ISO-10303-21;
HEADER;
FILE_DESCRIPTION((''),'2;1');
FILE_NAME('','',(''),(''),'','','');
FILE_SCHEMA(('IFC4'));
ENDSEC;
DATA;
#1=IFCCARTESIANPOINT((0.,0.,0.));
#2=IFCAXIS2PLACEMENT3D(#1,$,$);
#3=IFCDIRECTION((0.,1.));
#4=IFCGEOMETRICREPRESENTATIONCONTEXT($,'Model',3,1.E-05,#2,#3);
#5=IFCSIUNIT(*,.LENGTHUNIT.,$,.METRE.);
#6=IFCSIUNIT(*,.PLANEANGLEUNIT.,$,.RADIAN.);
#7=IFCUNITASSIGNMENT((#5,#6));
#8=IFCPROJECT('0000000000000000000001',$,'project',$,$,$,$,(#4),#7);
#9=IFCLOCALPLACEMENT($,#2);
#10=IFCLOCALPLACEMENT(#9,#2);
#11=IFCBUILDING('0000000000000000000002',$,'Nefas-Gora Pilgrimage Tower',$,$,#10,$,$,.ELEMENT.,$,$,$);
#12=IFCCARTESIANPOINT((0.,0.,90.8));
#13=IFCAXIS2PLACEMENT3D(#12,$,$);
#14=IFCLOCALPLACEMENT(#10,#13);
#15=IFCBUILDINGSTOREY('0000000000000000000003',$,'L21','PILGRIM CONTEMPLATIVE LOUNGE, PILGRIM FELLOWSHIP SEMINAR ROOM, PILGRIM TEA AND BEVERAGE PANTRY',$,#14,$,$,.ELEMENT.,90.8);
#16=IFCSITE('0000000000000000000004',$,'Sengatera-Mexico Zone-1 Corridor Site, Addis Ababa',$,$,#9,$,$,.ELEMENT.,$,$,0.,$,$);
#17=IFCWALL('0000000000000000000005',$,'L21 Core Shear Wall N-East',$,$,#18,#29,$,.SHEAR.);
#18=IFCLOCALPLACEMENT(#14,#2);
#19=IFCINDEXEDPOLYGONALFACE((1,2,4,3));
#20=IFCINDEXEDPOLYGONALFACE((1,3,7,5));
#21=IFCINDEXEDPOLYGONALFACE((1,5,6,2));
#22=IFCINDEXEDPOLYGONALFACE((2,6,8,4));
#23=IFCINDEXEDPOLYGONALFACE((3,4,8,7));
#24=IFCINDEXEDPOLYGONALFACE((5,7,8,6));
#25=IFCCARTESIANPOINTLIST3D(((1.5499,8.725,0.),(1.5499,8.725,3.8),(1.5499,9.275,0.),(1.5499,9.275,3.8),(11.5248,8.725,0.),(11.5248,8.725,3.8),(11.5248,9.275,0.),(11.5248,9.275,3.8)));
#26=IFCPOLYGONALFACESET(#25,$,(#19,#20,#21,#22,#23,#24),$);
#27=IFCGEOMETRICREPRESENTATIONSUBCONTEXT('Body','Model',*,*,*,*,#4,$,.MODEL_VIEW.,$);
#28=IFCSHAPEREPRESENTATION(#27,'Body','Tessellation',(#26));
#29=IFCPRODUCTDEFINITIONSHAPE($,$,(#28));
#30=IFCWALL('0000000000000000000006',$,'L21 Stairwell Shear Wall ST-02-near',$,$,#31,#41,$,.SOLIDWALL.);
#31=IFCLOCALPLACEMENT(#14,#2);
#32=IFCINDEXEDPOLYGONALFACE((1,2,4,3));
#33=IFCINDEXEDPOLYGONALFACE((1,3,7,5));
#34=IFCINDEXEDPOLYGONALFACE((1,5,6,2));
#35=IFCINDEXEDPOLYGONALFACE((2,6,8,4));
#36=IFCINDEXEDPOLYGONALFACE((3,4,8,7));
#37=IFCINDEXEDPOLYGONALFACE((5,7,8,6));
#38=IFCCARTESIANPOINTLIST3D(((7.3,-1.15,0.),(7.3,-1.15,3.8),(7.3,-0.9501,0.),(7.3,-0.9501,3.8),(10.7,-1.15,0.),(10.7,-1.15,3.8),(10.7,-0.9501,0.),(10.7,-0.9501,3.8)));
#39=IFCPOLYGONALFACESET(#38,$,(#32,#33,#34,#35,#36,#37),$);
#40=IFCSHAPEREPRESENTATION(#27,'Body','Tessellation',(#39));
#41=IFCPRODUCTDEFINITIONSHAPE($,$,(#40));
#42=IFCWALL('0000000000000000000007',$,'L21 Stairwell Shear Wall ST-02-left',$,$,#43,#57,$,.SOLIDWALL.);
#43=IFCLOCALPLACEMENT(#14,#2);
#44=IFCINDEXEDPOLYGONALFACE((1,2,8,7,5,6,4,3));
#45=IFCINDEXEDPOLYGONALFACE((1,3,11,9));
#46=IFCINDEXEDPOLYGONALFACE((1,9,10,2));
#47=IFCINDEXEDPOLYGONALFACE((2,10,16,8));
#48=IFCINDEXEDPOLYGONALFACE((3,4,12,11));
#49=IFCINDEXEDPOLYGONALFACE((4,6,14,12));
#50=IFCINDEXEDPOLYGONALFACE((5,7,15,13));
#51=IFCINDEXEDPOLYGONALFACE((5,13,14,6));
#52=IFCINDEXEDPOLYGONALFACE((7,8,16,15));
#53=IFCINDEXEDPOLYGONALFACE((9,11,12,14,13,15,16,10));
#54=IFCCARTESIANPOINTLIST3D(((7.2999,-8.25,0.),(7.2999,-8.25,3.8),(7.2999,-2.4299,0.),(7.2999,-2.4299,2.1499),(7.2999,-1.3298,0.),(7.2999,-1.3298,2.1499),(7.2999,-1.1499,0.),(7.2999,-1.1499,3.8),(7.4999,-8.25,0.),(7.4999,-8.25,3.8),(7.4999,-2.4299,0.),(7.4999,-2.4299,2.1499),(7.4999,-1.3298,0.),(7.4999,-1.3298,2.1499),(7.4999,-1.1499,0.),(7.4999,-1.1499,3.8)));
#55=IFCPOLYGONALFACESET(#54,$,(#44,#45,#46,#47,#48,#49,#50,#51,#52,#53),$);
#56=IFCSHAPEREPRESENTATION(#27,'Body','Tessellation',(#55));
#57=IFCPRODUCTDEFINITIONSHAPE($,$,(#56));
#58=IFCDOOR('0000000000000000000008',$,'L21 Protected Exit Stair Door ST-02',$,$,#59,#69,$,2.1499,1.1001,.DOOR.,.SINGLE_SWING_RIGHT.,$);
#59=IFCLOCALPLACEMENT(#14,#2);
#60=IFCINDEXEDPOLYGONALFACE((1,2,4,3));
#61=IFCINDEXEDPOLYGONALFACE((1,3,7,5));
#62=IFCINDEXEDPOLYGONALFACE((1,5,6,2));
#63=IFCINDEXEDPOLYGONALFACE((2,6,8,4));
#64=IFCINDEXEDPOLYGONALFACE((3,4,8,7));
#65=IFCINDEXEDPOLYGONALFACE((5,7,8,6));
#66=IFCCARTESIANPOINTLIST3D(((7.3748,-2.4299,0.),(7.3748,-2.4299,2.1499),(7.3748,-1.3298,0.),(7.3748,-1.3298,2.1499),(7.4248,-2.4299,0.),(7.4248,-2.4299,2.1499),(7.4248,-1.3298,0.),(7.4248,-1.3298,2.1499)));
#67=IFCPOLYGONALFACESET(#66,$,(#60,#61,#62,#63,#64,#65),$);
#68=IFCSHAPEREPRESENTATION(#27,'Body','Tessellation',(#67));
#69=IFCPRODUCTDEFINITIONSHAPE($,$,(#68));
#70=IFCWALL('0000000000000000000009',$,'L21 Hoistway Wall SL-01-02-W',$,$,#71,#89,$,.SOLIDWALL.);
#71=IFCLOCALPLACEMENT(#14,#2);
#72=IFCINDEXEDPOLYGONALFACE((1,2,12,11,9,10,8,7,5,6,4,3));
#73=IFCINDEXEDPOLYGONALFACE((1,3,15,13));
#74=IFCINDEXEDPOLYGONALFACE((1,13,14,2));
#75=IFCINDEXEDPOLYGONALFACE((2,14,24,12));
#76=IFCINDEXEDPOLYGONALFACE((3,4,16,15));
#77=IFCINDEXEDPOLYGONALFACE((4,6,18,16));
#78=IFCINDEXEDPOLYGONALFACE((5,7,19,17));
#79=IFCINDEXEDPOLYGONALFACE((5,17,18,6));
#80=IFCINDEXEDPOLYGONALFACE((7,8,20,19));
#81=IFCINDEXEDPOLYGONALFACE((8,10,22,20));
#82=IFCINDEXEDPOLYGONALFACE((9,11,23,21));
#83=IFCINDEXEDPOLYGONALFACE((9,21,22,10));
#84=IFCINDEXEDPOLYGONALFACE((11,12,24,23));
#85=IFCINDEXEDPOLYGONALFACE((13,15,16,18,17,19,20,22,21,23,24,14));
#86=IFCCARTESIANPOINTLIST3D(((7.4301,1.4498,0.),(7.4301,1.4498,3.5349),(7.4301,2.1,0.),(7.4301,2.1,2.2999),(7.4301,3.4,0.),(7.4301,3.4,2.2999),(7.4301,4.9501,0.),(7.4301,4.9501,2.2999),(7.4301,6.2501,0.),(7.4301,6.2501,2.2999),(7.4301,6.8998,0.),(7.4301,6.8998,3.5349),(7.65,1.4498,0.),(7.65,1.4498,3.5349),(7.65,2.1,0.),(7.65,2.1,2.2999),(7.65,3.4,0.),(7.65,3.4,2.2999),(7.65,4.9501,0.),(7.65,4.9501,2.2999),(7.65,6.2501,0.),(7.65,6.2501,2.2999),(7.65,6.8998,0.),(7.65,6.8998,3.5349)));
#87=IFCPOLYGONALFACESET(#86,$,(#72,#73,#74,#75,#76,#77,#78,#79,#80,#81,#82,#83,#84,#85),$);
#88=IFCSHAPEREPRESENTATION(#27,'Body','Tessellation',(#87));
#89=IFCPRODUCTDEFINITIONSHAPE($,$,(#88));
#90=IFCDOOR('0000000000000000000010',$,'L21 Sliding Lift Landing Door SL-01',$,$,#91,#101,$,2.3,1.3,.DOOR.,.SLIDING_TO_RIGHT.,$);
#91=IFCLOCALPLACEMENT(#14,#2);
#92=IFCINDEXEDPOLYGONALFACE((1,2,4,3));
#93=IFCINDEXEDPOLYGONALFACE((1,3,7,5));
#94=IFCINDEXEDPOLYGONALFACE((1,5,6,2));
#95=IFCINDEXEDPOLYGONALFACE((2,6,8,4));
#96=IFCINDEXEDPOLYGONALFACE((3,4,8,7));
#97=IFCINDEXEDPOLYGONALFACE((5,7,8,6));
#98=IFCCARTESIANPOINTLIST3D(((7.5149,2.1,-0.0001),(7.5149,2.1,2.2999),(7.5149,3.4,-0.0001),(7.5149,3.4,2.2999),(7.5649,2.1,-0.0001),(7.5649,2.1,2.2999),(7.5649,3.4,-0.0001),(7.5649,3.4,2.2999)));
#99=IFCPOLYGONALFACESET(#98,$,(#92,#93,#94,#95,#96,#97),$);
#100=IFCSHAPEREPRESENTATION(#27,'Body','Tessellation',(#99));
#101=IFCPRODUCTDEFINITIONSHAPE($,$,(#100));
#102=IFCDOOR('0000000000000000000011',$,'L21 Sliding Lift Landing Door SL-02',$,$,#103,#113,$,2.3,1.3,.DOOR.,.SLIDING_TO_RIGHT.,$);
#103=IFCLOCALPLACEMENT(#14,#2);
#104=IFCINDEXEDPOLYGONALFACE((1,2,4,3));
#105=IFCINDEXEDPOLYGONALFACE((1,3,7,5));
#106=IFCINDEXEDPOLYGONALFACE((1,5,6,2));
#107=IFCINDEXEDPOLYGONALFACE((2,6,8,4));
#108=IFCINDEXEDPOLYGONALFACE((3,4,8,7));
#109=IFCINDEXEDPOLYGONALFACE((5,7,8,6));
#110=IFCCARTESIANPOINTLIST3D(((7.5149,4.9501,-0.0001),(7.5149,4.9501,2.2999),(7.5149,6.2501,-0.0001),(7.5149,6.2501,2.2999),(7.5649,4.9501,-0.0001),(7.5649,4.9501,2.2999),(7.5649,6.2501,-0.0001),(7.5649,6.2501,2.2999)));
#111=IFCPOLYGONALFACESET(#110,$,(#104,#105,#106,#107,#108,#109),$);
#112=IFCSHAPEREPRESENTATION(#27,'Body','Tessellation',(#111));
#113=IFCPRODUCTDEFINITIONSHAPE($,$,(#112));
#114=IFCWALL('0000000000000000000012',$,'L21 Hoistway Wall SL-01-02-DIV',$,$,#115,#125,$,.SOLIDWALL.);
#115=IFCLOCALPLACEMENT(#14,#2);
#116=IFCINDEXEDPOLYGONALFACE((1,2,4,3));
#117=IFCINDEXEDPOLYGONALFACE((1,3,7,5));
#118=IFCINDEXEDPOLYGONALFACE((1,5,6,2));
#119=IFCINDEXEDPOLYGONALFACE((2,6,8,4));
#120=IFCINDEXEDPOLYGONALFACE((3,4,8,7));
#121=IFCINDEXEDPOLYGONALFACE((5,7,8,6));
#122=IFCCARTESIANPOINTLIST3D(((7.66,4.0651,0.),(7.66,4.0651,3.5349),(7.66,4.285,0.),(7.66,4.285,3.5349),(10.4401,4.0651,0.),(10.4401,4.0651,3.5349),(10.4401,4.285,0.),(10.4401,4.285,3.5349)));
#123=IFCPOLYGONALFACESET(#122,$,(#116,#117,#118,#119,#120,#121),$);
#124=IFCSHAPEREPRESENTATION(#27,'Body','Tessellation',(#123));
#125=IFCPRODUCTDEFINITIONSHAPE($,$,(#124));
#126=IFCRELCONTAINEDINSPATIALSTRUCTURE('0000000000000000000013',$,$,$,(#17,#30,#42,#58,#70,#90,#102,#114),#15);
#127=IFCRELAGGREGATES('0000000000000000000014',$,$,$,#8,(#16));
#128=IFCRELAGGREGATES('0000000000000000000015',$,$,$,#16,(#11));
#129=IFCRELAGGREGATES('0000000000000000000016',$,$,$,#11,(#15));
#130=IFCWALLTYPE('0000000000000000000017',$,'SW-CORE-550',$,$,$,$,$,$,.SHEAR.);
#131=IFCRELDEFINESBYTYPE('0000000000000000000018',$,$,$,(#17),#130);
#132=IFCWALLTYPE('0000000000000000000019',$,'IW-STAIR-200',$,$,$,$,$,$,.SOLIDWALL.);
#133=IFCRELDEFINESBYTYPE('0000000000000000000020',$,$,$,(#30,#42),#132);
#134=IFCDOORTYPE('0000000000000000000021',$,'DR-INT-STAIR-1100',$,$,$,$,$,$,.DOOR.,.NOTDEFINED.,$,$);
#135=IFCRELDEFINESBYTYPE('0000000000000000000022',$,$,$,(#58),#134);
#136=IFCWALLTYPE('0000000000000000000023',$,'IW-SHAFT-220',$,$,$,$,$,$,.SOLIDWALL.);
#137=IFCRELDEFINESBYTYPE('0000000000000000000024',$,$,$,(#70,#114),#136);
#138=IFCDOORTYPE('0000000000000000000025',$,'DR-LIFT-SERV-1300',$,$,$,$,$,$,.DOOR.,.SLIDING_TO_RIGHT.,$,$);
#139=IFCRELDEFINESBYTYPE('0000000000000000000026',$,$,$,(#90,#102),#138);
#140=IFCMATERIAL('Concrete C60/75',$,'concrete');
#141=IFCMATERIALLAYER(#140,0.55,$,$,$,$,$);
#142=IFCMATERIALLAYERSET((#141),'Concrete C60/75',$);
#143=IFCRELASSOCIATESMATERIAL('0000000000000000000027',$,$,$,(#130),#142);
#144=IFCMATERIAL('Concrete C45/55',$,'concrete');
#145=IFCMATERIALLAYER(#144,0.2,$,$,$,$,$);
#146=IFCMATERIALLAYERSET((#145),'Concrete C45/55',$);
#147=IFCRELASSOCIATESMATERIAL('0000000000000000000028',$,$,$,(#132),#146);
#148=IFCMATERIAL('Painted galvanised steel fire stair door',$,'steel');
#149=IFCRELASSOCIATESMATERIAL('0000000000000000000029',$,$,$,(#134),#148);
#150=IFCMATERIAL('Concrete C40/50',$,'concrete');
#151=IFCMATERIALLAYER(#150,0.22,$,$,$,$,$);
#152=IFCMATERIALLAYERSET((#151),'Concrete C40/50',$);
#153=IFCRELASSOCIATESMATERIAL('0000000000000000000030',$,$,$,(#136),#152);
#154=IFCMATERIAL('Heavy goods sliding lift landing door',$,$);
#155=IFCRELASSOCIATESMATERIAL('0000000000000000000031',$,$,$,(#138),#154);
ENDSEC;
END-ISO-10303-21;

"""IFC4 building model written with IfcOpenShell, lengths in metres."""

from ifc_helpers import new_model, si_unit, direction, frame, frame_2d, origin, place, context, subcontext, project, spatial, rectangle, extrude, source, transform, mapped, material, layer, layer_set, type_object, element, fill, save


model = new_model("IFC4")

# Units and contexts
model_context = context("Model", 3, precision=1e-05, world=origin(), true_north=direction((0.0, 1.0)))
body_context = subcontext(model_context, "Body", "Model", "MODEL_VIEW")
ifc_project = project(units=[si_unit("LENGTHUNIT", "METRE"), si_unit("PLANEANGLEUNIT", "RADIAN")], contexts=[model_context])

# Site, building, storey
site_placement = place(None, origin())
site = spatial("IfcSite", under=ifc_project, at=site_placement, Name="Sengatera-Mexico Zone-1 Corridor Site, Addis Ababa", CompositionType="ELEMENT", RefElevation=0.0)
building_placement = place(site_placement, origin())
building = spatial("IfcBuilding", under=site, at=building_placement, Name="Nefas-Gora Pilgrimage Tower", CompositionType="ELEMENT")
storey_placement = place(building_placement, frame((0.0, 0.0, 90.8)))
storey = spatial("IfcBuildingStorey", under=building, at=storey_placement, Name="L21", Description="PILGRIM CONTEMPLATIVE LOUNGE, PILGRIM FELLOWSHIP SEMINAR ROOM, PILGRIM TEA AND BEVERAGE PANTRY", CompositionType="ELEMENT", Elevation=90.8)

# Walls
ifc_material_1 = material(Name="Concrete C60/75", Category="concrete")
ifc_layer_1 = layer(ifc_material_1, 0.55)
ifc_layer_set_1 = layer_set([ifc_layer_1], Name="Concrete C60/75")
wall_type_1 = type_object("IfcWallType", Name="SW-CORE-550", PredefinedType="SHEAR", material=ifc_layer_set_1)
shared_shape_1 = source(origin(), body_context, "Body", "SweptSolid", [
    extrude(rectangle(XDim=9.9749, YDim=0.55, at=frame_2d((4.9873, 0.0))), origin(), (0.0, 0.0, 1.0), 3.8),
])
wall_1_placement = place(storey_placement, frame((1.55, 9.0, 0.0), z_axis=(0.0, 0.0, 1.0), x_axis=(1.0, 0.0, 0.0)))
element("IfcWall", 1, at=wall_1_placement, inside=storey, type_object=wall_type_1, Name="L21 Core Shear Wall N-East", PredefinedType="SHEAR", context=body_context, shape_type="MappedRepresentation", body=[
    mapped(shared_shape_1, transform((0.0, 0.0, 0.0), x_axis=(1.0, 0.0, 0.0), y_axis=(0.0, 1.0, 0.0), z_axis=(0.0, 0.0, 1.0), scale=1.0)),
])
ifc_material_2 = material(Name="Concrete C45/55", Category="concrete")
ifc_layer_2 = layer(ifc_material_2, 0.2)
ifc_layer_set_2 = layer_set([ifc_layer_2], Name="Concrete C45/55")
wall_type_2 = type_object("IfcWallType", Name="IW-STAIR-200", PredefinedType="SOLIDWALL", material=ifc_layer_set_2)
shared_shape_2 = source(origin(), body_context, "Body", "SweptSolid", [
    extrude(rectangle(XDim=3.3999, YDim=0.2, at=frame_2d((1.7, 0.0))), origin(), (0.0, 0.0, 1.0), 3.8),
])
wall_2_placement = place(storey_placement, frame((7.3, -1.05, 0.0), z_axis=(0.0, 0.0, 1.0), x_axis=(1.0, 0.0, 0.0)))
element("IfcWall", 2, at=wall_2_placement, inside=storey, type_object=wall_type_2, Name="L21 Stairwell Shear Wall ST-02-near", PredefinedType="SOLIDWALL", context=body_context, shape_type="MappedRepresentation", body=[
    mapped(shared_shape_2, transform((0.0, 0.0, 0.0), x_axis=(1.0, 0.0, 0.0), y_axis=(0.0, 1.0, 0.0), z_axis=(0.0, 0.0, 1.0), scale=1.0)),
])

# Wall, opening, door
shared_shape_3 = source(origin(), body_context, "Body", "SweptSolid", [
    extrude(rectangle(XDim=7.1001, YDim=0.2, at=frame_2d((3.55, 0.0))), origin(), (0.0, 0.0, 1.0), 3.8),
])
wall_3_placement = place(storey_placement, frame((7.3999, -1.1499, 0.0), z_axis=(0.0, 0.0, 1.0), x_axis=(0.0, -1.0, 0.0)))
wall_3 = element("IfcWall", 3, at=wall_3_placement, inside=storey, type_object=wall_type_2, Name="L21 Stairwell Shear Wall ST-02-left", PredefinedType="SOLIDWALL", context=body_context, shape_type="MappedRepresentation", body=[
    mapped(shared_shape_3, transform((0.0, 0.0, 0.0), x_axis=(1.0, 0.0, 0.0), y_axis=(0.0, 1.0, 0.0), z_axis=(0.0, 0.0, 1.0), scale=1.0)),
])
opening_1_placement = place(wall_3_placement, frame((0.1799, 0.0, 0.0)))
opening_1 = element("IfcOpeningElement", 4, at=opening_1_placement, cuts=wall_3, PredefinedType="OPENING", context=body_context, shape_type="SweptSolid", body=[
    extrude(rectangle(XDim=1.1001, YDim=2.1499, at=frame_2d((0.55, 1.075))), frame((0.0, 0.1099, 0.0), z_axis=(0.0, -1.0, 0.0), x_axis=(1.0, 0.0, 0.0)), (0.0, 0.0, 1.0), 0.22),
])
ifc_material_3 = material(Name="Painted galvanised steel fire stair door", Category="steel")
door_type_1 = type_object("IfcDoorType", Name="DR-INT-STAIR-1100", OperationType="NOTDEFINED", PredefinedType="DOOR", material=ifc_material_3)
shared_shape_4 = source(origin(), body_context, "Body", "SweptSolid", [
    extrude(rectangle(XDim=1.1001, YDim=2.1499, at=frame_2d((0.55, 1.075))), frame((0.0, 0.0249, 0.0), z_axis=(0.0, -1.0, 0.0), x_axis=(1.0, 0.0, 0.0)), (0.0, 0.0, 1.0), 0.05),
])
door_1_placement = place(opening_1_placement, origin())
door_1 = element("IfcDoor", 5, at=door_1_placement, inside=storey, type_object=door_type_1, Name="L21 Protected Exit Stair Door ST-02", OperationType="SINGLE_SWING_RIGHT", OverallHeight=2.1499, OverallWidth=1.1001, PredefinedType="DOOR", context=body_context, shape_type="MappedRepresentation", body=[
    mapped(shared_shape_4, transform((0.0, 0.0, 0.0), x_axis=(1.0, 0.0, 0.0), y_axis=(0.0, 1.0, 0.0), z_axis=(0.0, 0.0, 1.0), scale=1.0)),
])
fill(opening_1, door_1)

# Wall, openings, doors
ifc_material_4 = material(Name="Concrete C40/50", Category="concrete")
ifc_layer_3 = layer(ifc_material_4, 0.22)
ifc_layer_set_3 = layer_set([ifc_layer_3], Name="Concrete C40/50")
wall_type_3 = type_object("IfcWallType", Name="IW-SHAFT-220", PredefinedType="SOLIDWALL", material=ifc_layer_set_3)
shared_shape_5 = source(origin(), body_context, "Body", "SweptSolid", [
    extrude(rectangle(XDim=5.45, YDim=0.22, at=frame_2d((2.7251, 0.0))), origin(), (0.0, 0.0, 1.0), 3.5349),
])
wall_4_placement = place(storey_placement, frame((7.54, 6.8999, 0.0), z_axis=(0.0, 0.0, 1.0), x_axis=(0.0, -1.0, 0.0)))
wall_4 = element("IfcWall", 6, at=wall_4_placement, inside=storey, type_object=wall_type_3, Name="L21 Hoistway Wall SL-01-02-W", PredefinedType="SOLIDWALL", context=body_context, shape_type="MappedRepresentation", body=[
    mapped(shared_shape_5, transform((0.0, 0.0, 0.0), x_axis=(1.0, 0.0, 0.0), y_axis=(0.0, 1.0, 0.0), z_axis=(0.0, 0.0, 1.0), scale=1.0)),
])
opening_2_placement = place(wall_4_placement, frame((3.5, 0.0, 0.0)))
opening_2 = element("IfcOpeningElement", 7, at=opening_2_placement, cuts=wall_4, PredefinedType="OPENING", context=body_context, shape_type="SweptSolid", body=[
    extrude(rectangle(XDim=1.3, YDim=2.3, at=frame_2d((0.6499, 1.1499))), frame((0.0, 0.1199, 0.0), z_axis=(0.0, -1.0, 0.0), x_axis=(1.0, 0.0, 0.0)), (0.0, 0.0, 1.0), 0.24),
])
opening_3_placement = place(wall_4_placement, frame((0.6499, 0.0, 0.0)))
opening_3 = element("IfcOpeningElement", 8, at=opening_3_placement, cuts=wall_4, PredefinedType="OPENING", context=body_context, shape_type="SweptSolid", body=[
    extrude(rectangle(XDim=1.3, YDim=2.3, at=frame_2d((0.6499, 1.1499))), frame((0.0, 0.1199, 0.0), z_axis=(0.0, -1.0, 0.0), x_axis=(1.0, 0.0, 0.0)), (0.0, 0.0, 1.0), 0.24),
])
ifc_material_5 = material(Name="Heavy goods sliding lift landing door")
door_type_2 = type_object("IfcDoorType", Name="DR-LIFT-SERV-1300", OperationType="SLIDING_TO_RIGHT", PredefinedType="DOOR", material=ifc_material_5)
shared_shape_6 = source(origin(), body_context, "Body", "SweptSolid", [
    extrude(rectangle(XDim=1.3, YDim=2.3, at=frame_2d((0.6499, 1.1499))), frame((0.0, 0.0249, 0.0), z_axis=(0.0, -1.0, 0.0), x_axis=(1.0, 0.0, 0.0)), (0.0, 0.0, 1.0), 0.05),
])
door_2_placement = place(opening_2_placement, origin())
door_2 = element("IfcDoor", 9, at=door_2_placement, inside=storey, type_object=door_type_2, Name="L21 Sliding Lift Landing Door SL-01", OperationType="SLIDING_TO_RIGHT", OverallHeight=2.3, OverallWidth=1.3, PredefinedType="DOOR", context=body_context, shape_type="MappedRepresentation", body=[
    mapped(shared_shape_6, transform((0.0, 0.0, 0.0), x_axis=(1.0, 0.0, 0.0), y_axis=(0.0, 1.0, 0.0), z_axis=(0.0, 0.0, 1.0), scale=1.0)),
])
fill(opening_2, door_2)
door_3_placement = place(opening_3_placement, origin())
door_3 = element("IfcDoor", 10, at=door_3_placement, inside=storey, type_object=door_type_2, Name="L21 Sliding Lift Landing Door SL-02", OperationType="SLIDING_TO_RIGHT", OverallHeight=2.3, OverallWidth=1.3, PredefinedType="DOOR", context=body_context, shape_type="MappedRepresentation", body=[
    mapped(shared_shape_6, transform((0.0, 0.0, 0.0), x_axis=(1.0, 0.0, 0.0), y_axis=(0.0, 1.0, 0.0), z_axis=(0.0, 0.0, 1.0), scale=1.0)),
])
fill(opening_3, door_3)

# Wall
shared_shape_7 = source(origin(), body_context, "Body", "SweptSolid", [
    extrude(rectangle(XDim=2.78, YDim=0.22, at=frame_2d((1.3901, 0.0))), origin(), (0.0, 0.0, 1.0), 3.5349),
])
wall_5_placement = place(storey_placement, frame((7.6599, 4.175, 0.0), z_axis=(0.0, 0.0, 1.0), x_axis=(1.0, 0.0, 0.0)))
element("IfcWall", 11, at=wall_5_placement, inside=storey, type_object=wall_type_3, Name="L21 Hoistway Wall SL-01-02-DIV", PredefinedType="SOLIDWALL", context=body_context, shape_type="MappedRepresentation", body=[
    mapped(shared_shape_7, transform((0.0, 0.0, 0.0), x_axis=(1.0, 0.0, 0.0), y_axis=(0.0, 1.0, 0.0), z_axis=(0.0, 0.0, 1.0), scale=1.0)),
])

save(model, "model.ifc")
